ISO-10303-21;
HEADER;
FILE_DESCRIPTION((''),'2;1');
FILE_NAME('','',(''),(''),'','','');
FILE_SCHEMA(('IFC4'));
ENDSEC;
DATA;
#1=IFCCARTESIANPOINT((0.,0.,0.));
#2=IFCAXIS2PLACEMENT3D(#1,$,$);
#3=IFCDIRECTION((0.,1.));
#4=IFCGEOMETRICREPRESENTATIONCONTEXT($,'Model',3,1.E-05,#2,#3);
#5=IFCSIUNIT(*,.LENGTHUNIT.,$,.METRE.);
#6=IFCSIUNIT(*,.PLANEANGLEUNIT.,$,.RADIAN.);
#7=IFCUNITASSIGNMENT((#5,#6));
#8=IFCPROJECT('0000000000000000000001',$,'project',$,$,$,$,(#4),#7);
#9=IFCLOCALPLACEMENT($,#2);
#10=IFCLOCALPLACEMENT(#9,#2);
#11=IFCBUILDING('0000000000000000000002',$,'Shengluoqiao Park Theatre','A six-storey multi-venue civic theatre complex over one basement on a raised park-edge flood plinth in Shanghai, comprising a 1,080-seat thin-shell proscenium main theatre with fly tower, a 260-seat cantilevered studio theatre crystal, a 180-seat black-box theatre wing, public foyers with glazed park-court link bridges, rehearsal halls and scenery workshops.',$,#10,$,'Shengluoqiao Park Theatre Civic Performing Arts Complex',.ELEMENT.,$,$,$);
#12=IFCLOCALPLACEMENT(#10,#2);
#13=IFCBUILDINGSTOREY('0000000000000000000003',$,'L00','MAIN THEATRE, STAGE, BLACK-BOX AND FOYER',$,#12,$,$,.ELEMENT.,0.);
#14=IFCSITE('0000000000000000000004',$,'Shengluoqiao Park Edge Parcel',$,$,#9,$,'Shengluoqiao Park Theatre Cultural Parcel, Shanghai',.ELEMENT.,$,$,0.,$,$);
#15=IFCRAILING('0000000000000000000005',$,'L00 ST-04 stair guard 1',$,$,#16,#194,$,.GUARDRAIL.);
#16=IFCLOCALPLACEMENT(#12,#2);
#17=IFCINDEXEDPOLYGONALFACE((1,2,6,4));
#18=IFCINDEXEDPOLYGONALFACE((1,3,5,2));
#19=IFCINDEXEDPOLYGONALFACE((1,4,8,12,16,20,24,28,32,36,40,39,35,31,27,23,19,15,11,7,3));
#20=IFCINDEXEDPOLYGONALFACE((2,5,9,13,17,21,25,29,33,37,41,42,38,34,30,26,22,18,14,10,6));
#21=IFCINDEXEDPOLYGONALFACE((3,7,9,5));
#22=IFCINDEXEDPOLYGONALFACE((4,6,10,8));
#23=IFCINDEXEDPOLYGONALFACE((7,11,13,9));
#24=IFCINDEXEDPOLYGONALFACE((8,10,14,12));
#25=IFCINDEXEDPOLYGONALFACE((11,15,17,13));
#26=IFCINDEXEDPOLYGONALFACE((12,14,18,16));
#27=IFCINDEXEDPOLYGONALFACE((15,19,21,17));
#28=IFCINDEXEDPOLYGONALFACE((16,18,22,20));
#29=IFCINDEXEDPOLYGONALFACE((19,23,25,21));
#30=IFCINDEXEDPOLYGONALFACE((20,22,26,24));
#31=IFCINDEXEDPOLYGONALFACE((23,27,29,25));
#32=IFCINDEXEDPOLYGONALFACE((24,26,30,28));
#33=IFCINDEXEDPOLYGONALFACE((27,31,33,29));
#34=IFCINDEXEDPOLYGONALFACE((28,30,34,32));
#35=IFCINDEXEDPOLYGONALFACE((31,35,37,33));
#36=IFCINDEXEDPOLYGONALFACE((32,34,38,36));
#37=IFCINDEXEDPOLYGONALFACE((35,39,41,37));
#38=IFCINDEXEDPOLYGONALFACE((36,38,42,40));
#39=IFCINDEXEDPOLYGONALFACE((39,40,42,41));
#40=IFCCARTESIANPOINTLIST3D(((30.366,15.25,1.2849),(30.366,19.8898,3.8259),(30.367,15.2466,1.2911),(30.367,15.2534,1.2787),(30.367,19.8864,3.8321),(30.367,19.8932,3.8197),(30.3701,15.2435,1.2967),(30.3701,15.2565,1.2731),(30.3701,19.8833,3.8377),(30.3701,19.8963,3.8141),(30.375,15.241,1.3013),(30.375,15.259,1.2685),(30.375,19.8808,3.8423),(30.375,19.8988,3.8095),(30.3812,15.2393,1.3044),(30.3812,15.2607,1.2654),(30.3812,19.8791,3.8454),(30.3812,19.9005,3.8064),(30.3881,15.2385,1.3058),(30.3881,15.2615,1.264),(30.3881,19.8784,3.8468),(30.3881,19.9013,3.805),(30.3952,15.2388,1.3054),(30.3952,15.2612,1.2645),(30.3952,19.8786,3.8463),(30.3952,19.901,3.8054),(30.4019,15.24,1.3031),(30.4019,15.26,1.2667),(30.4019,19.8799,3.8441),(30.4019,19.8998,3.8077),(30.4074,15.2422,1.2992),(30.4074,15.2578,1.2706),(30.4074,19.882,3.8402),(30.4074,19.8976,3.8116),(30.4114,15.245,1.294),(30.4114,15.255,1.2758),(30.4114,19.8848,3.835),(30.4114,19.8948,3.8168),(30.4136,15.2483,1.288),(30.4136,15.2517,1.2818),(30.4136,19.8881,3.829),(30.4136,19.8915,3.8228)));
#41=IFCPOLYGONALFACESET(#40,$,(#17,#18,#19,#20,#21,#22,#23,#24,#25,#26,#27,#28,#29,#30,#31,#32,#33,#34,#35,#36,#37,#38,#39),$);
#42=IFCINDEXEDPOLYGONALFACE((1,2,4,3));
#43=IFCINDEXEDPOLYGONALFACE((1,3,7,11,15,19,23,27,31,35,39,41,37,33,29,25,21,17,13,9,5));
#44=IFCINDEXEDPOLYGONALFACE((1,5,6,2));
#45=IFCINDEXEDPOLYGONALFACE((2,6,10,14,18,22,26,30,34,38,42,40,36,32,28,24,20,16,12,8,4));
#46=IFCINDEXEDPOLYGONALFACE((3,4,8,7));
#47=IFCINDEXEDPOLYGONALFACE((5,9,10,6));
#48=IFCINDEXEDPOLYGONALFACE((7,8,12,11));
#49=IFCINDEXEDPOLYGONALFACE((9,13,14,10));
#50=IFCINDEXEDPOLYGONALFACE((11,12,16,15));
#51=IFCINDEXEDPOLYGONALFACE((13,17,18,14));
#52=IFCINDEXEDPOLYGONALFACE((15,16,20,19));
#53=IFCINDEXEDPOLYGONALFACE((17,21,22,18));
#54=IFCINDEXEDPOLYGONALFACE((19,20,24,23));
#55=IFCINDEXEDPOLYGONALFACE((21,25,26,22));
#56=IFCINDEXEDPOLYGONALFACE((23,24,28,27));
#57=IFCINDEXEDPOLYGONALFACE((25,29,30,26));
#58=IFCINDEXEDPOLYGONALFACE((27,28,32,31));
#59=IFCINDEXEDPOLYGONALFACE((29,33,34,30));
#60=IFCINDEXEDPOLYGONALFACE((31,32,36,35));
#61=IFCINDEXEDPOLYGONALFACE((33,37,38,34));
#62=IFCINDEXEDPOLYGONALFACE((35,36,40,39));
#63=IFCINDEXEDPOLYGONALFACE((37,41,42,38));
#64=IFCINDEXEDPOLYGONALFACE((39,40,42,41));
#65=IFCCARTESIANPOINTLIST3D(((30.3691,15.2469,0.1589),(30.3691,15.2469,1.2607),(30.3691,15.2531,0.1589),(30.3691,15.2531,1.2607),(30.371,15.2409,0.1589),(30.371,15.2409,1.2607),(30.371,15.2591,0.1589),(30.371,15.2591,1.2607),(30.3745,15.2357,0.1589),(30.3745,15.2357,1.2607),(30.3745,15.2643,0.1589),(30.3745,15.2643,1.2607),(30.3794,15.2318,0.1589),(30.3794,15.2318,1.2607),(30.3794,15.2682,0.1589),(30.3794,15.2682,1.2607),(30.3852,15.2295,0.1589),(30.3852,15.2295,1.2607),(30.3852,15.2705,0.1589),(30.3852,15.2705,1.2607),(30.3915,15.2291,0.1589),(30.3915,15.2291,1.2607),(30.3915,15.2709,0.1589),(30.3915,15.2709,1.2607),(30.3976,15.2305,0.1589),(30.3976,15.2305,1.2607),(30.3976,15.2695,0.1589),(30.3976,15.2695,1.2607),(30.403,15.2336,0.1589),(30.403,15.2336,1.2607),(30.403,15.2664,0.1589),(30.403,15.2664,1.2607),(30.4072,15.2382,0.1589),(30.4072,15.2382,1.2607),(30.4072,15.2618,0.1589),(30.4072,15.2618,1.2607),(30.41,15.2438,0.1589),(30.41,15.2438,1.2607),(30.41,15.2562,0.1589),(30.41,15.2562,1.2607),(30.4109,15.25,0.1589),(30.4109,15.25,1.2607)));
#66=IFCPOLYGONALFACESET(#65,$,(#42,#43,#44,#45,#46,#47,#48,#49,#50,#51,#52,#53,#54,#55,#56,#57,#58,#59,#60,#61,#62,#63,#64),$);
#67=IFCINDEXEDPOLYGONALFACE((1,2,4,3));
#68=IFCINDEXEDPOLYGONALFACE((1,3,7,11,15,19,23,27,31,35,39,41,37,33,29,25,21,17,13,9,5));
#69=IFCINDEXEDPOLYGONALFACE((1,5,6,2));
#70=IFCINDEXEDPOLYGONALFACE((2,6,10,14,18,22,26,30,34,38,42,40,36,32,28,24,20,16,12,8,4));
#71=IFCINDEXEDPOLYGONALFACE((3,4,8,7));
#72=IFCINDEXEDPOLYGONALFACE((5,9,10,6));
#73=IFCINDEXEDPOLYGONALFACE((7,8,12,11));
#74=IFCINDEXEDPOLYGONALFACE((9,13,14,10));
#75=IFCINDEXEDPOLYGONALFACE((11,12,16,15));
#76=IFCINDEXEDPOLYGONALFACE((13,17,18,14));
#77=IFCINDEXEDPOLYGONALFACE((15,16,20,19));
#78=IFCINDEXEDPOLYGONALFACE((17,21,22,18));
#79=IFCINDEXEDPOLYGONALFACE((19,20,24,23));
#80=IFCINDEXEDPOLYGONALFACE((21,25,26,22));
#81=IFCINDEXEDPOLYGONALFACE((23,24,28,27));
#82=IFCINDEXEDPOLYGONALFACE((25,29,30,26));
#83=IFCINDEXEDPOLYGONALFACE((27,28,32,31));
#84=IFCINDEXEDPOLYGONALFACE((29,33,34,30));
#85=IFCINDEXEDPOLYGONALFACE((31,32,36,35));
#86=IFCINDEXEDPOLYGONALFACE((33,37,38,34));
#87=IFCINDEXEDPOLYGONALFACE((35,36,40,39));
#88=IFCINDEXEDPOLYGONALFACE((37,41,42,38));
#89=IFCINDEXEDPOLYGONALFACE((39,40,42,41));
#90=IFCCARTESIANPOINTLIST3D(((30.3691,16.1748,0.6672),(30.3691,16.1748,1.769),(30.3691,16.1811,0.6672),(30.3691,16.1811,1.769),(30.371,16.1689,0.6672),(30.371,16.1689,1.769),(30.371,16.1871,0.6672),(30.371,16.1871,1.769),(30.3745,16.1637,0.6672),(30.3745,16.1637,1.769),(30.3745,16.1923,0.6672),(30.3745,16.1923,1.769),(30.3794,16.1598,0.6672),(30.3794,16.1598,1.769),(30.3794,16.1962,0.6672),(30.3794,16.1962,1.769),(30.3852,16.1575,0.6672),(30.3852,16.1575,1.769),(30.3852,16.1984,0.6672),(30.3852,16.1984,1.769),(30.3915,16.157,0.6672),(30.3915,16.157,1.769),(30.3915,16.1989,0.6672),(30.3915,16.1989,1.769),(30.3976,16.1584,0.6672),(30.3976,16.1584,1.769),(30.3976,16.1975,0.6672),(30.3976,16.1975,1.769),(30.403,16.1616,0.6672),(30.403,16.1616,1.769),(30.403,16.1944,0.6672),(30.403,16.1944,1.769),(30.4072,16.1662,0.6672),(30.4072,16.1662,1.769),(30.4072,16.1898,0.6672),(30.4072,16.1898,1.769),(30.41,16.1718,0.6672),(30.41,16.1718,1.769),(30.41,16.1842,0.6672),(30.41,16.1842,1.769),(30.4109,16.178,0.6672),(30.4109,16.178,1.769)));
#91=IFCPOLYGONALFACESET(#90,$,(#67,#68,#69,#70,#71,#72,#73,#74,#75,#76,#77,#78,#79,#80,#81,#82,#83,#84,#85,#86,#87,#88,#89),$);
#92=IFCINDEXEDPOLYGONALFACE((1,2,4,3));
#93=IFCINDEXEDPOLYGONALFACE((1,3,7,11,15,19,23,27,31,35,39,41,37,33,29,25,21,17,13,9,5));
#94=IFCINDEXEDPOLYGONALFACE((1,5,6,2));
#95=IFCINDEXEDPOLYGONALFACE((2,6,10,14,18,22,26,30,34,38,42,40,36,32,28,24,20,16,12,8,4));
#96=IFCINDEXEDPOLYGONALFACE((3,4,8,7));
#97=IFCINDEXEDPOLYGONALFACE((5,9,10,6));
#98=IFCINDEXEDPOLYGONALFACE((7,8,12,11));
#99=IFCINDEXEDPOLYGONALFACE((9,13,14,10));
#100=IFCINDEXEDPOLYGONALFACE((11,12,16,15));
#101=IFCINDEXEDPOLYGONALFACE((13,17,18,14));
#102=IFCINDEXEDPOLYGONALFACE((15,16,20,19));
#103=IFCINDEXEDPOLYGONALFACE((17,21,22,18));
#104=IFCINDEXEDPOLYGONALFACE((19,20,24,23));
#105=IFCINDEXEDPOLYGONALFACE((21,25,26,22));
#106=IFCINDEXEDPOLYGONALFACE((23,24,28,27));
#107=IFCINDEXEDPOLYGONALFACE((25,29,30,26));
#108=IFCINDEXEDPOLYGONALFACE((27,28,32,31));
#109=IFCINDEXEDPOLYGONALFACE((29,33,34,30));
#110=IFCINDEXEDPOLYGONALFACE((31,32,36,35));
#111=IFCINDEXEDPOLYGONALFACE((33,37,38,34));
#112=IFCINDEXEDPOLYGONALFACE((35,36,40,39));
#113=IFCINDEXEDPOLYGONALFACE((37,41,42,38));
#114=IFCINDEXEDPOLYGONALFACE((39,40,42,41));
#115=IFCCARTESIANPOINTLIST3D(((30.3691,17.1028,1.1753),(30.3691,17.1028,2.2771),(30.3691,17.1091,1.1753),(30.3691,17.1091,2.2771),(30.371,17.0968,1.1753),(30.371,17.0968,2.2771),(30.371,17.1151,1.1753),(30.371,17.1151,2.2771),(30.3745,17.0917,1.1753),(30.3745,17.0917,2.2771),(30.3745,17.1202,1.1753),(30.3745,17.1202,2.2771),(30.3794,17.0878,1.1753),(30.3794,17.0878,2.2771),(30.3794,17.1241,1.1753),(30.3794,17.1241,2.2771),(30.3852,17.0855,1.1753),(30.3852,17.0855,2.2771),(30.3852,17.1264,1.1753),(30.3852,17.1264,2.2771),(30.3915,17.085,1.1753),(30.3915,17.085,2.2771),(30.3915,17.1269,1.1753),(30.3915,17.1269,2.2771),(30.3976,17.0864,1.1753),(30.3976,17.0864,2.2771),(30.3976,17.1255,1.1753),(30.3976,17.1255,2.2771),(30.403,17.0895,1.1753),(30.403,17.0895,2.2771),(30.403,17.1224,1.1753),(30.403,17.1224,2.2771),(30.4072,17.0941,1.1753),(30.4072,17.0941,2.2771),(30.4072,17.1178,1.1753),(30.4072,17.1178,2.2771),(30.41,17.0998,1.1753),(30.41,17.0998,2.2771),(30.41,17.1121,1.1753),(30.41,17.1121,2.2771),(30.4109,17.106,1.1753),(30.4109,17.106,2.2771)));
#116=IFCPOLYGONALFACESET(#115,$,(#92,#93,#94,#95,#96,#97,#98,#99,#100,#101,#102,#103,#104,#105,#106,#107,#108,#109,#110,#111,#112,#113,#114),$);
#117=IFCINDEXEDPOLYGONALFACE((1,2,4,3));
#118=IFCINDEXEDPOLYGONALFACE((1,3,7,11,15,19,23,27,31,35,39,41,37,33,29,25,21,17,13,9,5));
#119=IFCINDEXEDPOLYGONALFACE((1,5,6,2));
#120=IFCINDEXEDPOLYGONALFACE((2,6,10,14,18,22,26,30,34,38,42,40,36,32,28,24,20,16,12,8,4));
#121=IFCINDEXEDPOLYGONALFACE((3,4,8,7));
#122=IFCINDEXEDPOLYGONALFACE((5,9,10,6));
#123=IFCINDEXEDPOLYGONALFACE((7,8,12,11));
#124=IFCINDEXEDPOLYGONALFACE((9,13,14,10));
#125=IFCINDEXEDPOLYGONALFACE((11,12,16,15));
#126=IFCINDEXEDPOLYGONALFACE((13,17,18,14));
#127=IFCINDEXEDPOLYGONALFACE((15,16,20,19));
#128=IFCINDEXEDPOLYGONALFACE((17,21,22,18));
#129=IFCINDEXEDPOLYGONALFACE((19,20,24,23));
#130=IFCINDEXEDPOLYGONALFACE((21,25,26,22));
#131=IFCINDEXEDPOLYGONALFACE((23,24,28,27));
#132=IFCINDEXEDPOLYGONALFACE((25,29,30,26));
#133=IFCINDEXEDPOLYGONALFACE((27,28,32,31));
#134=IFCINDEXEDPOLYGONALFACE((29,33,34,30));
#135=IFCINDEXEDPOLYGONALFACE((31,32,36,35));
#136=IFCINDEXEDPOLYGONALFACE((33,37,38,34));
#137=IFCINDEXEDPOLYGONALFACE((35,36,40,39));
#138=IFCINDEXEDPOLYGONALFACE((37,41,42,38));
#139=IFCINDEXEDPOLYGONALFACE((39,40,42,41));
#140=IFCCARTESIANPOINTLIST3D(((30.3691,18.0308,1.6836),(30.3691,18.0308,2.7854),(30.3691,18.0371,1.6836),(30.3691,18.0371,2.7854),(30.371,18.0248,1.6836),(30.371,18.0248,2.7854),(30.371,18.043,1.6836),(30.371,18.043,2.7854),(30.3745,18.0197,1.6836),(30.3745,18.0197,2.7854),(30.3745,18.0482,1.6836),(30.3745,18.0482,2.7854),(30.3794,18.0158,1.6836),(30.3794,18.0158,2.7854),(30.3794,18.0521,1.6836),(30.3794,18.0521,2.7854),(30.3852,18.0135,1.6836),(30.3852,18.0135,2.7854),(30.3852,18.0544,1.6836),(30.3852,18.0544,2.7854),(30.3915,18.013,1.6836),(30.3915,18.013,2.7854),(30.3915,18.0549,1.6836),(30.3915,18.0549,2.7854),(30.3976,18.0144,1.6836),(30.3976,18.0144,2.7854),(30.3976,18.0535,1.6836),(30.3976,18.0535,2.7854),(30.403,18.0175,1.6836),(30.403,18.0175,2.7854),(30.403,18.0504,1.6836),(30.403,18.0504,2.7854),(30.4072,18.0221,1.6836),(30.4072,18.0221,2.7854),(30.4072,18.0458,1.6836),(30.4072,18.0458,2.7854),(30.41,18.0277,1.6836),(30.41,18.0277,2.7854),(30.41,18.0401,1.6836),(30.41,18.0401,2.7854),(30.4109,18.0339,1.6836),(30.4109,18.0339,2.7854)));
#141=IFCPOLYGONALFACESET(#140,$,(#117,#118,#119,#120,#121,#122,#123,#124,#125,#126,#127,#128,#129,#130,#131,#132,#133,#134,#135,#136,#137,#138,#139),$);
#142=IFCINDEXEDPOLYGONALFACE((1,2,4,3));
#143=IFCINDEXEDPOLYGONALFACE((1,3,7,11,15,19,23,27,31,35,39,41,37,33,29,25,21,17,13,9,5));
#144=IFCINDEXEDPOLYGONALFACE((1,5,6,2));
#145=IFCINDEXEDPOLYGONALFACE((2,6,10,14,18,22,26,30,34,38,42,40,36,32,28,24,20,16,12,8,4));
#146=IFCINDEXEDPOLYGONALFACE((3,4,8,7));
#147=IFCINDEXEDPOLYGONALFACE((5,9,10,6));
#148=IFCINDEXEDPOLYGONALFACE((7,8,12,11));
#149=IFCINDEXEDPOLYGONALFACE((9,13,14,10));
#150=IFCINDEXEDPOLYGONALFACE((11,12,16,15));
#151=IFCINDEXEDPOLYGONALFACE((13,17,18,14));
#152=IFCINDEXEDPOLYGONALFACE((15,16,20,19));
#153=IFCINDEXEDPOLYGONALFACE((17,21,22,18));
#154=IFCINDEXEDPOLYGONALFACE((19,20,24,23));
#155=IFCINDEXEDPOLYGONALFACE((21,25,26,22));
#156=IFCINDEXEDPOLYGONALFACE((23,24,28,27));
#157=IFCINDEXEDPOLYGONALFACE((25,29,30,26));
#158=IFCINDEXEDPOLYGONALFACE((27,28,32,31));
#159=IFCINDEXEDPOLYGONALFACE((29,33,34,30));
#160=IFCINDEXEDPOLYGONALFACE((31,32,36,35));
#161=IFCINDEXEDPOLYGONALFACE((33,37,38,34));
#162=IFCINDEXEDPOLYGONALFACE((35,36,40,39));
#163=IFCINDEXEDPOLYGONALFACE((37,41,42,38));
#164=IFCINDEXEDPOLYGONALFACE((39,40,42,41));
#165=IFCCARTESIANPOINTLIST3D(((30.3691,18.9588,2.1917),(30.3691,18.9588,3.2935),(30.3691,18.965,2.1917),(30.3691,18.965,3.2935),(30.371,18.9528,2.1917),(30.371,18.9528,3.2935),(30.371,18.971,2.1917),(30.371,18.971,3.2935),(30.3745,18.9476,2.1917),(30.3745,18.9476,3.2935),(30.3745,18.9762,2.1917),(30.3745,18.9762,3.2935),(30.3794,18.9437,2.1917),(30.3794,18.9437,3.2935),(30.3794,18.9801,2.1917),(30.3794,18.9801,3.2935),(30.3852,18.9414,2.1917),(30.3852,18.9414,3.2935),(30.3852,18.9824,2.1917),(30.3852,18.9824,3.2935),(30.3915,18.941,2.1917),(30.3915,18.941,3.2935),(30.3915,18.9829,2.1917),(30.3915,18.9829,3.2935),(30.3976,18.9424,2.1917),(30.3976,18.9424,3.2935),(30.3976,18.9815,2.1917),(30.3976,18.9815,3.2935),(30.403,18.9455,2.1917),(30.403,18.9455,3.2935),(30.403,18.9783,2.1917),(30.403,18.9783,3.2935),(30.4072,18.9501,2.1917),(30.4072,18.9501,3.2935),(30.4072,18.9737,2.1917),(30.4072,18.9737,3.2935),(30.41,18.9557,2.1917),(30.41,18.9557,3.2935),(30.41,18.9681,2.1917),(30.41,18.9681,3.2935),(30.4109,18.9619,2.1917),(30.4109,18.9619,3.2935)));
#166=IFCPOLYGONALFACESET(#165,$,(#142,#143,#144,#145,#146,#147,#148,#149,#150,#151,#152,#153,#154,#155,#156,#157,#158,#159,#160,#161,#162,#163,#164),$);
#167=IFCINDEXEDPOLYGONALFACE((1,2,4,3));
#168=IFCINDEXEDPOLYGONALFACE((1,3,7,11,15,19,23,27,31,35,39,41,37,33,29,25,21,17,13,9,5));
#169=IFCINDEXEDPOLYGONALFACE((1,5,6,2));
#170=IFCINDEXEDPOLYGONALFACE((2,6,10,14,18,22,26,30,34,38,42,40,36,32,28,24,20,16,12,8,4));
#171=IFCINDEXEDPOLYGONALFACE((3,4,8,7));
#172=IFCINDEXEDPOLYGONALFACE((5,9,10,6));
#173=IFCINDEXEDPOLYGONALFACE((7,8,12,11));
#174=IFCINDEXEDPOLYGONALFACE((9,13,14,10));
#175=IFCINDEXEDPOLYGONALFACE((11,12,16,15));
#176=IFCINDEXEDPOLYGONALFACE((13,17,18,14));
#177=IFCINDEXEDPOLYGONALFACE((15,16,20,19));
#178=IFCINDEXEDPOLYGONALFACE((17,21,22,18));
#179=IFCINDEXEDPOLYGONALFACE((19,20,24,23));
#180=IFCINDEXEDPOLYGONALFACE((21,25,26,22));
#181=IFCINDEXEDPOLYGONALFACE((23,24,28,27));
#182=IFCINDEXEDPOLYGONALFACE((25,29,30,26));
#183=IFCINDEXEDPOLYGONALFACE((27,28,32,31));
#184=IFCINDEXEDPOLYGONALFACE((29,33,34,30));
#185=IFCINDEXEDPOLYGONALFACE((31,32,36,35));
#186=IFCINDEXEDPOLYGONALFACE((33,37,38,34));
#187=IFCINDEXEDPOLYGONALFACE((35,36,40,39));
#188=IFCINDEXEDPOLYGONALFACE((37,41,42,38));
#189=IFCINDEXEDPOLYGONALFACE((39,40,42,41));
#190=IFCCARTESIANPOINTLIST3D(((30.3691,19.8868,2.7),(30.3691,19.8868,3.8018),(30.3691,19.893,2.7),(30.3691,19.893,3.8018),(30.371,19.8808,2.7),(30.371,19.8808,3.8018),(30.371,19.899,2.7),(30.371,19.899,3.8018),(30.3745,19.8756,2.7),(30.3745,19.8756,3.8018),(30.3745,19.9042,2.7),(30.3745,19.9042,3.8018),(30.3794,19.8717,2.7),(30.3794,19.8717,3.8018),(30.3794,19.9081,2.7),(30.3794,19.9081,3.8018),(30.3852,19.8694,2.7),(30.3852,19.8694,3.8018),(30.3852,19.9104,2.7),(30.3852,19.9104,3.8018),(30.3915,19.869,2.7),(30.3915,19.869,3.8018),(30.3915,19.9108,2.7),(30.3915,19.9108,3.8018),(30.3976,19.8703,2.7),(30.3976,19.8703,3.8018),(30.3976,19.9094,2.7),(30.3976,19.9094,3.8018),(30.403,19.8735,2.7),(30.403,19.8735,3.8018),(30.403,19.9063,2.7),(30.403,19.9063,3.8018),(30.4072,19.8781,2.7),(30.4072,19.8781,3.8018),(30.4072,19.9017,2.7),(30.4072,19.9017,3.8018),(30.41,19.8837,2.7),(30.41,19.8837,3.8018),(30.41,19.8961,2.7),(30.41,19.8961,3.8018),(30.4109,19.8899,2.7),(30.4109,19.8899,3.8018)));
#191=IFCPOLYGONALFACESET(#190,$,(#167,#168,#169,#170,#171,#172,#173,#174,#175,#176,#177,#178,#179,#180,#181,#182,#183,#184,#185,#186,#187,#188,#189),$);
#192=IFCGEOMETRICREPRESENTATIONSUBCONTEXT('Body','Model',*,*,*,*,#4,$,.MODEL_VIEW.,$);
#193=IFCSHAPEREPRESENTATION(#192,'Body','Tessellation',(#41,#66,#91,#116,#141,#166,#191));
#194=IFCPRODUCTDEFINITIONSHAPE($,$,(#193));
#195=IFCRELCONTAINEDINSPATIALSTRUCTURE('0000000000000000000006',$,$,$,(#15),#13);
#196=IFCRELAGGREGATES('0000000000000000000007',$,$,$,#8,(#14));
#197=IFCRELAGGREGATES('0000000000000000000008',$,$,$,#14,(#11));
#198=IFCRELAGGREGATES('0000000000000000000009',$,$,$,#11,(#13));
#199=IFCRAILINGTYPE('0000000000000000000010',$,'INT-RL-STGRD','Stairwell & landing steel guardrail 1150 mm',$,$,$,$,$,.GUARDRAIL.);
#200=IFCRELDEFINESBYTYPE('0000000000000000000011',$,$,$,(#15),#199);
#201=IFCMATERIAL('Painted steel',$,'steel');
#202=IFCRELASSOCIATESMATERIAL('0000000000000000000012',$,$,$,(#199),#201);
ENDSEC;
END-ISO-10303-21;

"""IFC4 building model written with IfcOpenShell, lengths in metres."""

from ifc_helpers import new_model, si_unit, direction, frame, origin, origin_2d, place, context, subcontext, project, spatial, circle, extrude, material, type_object, element, save


model = new_model("IFC4")

# Units and contexts
model_context = context("Model", 3, precision=1e-05, world=origin(), true_north=direction((0.0, 1.0)))
body_context = subcontext(model_context, "Body", "Model", "MODEL_VIEW")
ifc_project = project(units=[si_unit("LENGTHUNIT", "METRE"), si_unit("PLANEANGLEUNIT", "RADIAN")], contexts=[model_context])

# Site, building, storey
site_placement = place(None, origin())
site = spatial("IfcSite", under=ifc_project, at=site_placement, Name="Shengluoqiao Park Edge Parcel", LongName="Shengluoqiao Park Theatre Cultural Parcel, Shanghai", CompositionType="ELEMENT", RefElevation=0.0)
building_placement = place(site_placement, origin())
building = spatial("IfcBuilding", under=site, at=building_placement, Name="Shengluoqiao Park Theatre", Description="A six-storey multi-venue civic theatre complex over one basement on a raised park-edge flood plinth in Shanghai, comprising a 1,080-seat thin-shell proscenium main theatre with fly tower, a 260-seat cantilevered studio theatre crystal, a 180-seat black-box theatre wing, public foyers with glazed park-court link bridges, rehearsal halls and scenery workshops.", LongName="Shengluoqiao Park Theatre Civic Performing Arts Complex", CompositionType="ELEMENT")
storey_placement = place(building_placement, origin())
storey = spatial("IfcBuildingStorey", under=building, at=storey_placement, Name="L00", Description="MAIN THEATRE, STAGE, BLACK-BOX AND FOYER", CompositionType="ELEMENT", Elevation=0.0)

# Railing
ifc_material_1 = material(Name="Painted steel", Category="steel")
railing_type_1 = type_object("IfcRailingType", Name="INT-RL-STGRD", Description="Stairwell & landing steel guardrail 1150 mm", PredefinedType="GUARDRAIL", material=ifc_material_1)
railing_1_placement = place(storey_placement, frame((30.3899, 15.25, 0.1589)))
element("IfcRailing", 1, at=railing_1_placement, inside=storey, type_object=railing_type_1, Name="L00 ST-04 stair guard 1", PredefinedType="GUARDRAIL", context=body_context, shape_type="SweptSolid", body=[
    extrude(circle(Radius=0.0239, at=origin_2d()), frame((0.0, 0.0, 1.126), z_axis=(0.0, 0.877087, 0.480332), x_axis=(-1.0, 0.0, 0.0)), (0.0, 0.0, 1.0), 5.29),
    extrude(circle(Radius=0.021, at=origin_2d()), origin(), (0.0, 0.0, 1.0), 1.1018),
    extrude(circle(Radius=0.021, at=origin_2d()), frame((0.0, 0.928, 0.5083)), (0.0, 0.0, 1.0), 1.1018),
    extrude(circle(Radius=0.021, at=origin_2d()), frame((0.0, 1.856, 1.0164)), (0.0, 0.0, 1.0), 1.1018),
    extrude(circle(Radius=0.021, at=origin_2d()), frame((0.0, 2.7839, 1.5247)), (0.0, 0.0, 1.0), 1.1018),
    extrude(circle(Radius=0.021, at=origin_2d()), frame((0.0, 3.7119, 2.0327)), (0.0, 0.0, 1.0), 1.1018),
    extrude(circle(Radius=0.021, at=origin_2d()), frame((0.0, 4.6399, 2.541)), (0.0, 0.0, 1.0), 1.1018),
])

save(model, "model.ifc")
